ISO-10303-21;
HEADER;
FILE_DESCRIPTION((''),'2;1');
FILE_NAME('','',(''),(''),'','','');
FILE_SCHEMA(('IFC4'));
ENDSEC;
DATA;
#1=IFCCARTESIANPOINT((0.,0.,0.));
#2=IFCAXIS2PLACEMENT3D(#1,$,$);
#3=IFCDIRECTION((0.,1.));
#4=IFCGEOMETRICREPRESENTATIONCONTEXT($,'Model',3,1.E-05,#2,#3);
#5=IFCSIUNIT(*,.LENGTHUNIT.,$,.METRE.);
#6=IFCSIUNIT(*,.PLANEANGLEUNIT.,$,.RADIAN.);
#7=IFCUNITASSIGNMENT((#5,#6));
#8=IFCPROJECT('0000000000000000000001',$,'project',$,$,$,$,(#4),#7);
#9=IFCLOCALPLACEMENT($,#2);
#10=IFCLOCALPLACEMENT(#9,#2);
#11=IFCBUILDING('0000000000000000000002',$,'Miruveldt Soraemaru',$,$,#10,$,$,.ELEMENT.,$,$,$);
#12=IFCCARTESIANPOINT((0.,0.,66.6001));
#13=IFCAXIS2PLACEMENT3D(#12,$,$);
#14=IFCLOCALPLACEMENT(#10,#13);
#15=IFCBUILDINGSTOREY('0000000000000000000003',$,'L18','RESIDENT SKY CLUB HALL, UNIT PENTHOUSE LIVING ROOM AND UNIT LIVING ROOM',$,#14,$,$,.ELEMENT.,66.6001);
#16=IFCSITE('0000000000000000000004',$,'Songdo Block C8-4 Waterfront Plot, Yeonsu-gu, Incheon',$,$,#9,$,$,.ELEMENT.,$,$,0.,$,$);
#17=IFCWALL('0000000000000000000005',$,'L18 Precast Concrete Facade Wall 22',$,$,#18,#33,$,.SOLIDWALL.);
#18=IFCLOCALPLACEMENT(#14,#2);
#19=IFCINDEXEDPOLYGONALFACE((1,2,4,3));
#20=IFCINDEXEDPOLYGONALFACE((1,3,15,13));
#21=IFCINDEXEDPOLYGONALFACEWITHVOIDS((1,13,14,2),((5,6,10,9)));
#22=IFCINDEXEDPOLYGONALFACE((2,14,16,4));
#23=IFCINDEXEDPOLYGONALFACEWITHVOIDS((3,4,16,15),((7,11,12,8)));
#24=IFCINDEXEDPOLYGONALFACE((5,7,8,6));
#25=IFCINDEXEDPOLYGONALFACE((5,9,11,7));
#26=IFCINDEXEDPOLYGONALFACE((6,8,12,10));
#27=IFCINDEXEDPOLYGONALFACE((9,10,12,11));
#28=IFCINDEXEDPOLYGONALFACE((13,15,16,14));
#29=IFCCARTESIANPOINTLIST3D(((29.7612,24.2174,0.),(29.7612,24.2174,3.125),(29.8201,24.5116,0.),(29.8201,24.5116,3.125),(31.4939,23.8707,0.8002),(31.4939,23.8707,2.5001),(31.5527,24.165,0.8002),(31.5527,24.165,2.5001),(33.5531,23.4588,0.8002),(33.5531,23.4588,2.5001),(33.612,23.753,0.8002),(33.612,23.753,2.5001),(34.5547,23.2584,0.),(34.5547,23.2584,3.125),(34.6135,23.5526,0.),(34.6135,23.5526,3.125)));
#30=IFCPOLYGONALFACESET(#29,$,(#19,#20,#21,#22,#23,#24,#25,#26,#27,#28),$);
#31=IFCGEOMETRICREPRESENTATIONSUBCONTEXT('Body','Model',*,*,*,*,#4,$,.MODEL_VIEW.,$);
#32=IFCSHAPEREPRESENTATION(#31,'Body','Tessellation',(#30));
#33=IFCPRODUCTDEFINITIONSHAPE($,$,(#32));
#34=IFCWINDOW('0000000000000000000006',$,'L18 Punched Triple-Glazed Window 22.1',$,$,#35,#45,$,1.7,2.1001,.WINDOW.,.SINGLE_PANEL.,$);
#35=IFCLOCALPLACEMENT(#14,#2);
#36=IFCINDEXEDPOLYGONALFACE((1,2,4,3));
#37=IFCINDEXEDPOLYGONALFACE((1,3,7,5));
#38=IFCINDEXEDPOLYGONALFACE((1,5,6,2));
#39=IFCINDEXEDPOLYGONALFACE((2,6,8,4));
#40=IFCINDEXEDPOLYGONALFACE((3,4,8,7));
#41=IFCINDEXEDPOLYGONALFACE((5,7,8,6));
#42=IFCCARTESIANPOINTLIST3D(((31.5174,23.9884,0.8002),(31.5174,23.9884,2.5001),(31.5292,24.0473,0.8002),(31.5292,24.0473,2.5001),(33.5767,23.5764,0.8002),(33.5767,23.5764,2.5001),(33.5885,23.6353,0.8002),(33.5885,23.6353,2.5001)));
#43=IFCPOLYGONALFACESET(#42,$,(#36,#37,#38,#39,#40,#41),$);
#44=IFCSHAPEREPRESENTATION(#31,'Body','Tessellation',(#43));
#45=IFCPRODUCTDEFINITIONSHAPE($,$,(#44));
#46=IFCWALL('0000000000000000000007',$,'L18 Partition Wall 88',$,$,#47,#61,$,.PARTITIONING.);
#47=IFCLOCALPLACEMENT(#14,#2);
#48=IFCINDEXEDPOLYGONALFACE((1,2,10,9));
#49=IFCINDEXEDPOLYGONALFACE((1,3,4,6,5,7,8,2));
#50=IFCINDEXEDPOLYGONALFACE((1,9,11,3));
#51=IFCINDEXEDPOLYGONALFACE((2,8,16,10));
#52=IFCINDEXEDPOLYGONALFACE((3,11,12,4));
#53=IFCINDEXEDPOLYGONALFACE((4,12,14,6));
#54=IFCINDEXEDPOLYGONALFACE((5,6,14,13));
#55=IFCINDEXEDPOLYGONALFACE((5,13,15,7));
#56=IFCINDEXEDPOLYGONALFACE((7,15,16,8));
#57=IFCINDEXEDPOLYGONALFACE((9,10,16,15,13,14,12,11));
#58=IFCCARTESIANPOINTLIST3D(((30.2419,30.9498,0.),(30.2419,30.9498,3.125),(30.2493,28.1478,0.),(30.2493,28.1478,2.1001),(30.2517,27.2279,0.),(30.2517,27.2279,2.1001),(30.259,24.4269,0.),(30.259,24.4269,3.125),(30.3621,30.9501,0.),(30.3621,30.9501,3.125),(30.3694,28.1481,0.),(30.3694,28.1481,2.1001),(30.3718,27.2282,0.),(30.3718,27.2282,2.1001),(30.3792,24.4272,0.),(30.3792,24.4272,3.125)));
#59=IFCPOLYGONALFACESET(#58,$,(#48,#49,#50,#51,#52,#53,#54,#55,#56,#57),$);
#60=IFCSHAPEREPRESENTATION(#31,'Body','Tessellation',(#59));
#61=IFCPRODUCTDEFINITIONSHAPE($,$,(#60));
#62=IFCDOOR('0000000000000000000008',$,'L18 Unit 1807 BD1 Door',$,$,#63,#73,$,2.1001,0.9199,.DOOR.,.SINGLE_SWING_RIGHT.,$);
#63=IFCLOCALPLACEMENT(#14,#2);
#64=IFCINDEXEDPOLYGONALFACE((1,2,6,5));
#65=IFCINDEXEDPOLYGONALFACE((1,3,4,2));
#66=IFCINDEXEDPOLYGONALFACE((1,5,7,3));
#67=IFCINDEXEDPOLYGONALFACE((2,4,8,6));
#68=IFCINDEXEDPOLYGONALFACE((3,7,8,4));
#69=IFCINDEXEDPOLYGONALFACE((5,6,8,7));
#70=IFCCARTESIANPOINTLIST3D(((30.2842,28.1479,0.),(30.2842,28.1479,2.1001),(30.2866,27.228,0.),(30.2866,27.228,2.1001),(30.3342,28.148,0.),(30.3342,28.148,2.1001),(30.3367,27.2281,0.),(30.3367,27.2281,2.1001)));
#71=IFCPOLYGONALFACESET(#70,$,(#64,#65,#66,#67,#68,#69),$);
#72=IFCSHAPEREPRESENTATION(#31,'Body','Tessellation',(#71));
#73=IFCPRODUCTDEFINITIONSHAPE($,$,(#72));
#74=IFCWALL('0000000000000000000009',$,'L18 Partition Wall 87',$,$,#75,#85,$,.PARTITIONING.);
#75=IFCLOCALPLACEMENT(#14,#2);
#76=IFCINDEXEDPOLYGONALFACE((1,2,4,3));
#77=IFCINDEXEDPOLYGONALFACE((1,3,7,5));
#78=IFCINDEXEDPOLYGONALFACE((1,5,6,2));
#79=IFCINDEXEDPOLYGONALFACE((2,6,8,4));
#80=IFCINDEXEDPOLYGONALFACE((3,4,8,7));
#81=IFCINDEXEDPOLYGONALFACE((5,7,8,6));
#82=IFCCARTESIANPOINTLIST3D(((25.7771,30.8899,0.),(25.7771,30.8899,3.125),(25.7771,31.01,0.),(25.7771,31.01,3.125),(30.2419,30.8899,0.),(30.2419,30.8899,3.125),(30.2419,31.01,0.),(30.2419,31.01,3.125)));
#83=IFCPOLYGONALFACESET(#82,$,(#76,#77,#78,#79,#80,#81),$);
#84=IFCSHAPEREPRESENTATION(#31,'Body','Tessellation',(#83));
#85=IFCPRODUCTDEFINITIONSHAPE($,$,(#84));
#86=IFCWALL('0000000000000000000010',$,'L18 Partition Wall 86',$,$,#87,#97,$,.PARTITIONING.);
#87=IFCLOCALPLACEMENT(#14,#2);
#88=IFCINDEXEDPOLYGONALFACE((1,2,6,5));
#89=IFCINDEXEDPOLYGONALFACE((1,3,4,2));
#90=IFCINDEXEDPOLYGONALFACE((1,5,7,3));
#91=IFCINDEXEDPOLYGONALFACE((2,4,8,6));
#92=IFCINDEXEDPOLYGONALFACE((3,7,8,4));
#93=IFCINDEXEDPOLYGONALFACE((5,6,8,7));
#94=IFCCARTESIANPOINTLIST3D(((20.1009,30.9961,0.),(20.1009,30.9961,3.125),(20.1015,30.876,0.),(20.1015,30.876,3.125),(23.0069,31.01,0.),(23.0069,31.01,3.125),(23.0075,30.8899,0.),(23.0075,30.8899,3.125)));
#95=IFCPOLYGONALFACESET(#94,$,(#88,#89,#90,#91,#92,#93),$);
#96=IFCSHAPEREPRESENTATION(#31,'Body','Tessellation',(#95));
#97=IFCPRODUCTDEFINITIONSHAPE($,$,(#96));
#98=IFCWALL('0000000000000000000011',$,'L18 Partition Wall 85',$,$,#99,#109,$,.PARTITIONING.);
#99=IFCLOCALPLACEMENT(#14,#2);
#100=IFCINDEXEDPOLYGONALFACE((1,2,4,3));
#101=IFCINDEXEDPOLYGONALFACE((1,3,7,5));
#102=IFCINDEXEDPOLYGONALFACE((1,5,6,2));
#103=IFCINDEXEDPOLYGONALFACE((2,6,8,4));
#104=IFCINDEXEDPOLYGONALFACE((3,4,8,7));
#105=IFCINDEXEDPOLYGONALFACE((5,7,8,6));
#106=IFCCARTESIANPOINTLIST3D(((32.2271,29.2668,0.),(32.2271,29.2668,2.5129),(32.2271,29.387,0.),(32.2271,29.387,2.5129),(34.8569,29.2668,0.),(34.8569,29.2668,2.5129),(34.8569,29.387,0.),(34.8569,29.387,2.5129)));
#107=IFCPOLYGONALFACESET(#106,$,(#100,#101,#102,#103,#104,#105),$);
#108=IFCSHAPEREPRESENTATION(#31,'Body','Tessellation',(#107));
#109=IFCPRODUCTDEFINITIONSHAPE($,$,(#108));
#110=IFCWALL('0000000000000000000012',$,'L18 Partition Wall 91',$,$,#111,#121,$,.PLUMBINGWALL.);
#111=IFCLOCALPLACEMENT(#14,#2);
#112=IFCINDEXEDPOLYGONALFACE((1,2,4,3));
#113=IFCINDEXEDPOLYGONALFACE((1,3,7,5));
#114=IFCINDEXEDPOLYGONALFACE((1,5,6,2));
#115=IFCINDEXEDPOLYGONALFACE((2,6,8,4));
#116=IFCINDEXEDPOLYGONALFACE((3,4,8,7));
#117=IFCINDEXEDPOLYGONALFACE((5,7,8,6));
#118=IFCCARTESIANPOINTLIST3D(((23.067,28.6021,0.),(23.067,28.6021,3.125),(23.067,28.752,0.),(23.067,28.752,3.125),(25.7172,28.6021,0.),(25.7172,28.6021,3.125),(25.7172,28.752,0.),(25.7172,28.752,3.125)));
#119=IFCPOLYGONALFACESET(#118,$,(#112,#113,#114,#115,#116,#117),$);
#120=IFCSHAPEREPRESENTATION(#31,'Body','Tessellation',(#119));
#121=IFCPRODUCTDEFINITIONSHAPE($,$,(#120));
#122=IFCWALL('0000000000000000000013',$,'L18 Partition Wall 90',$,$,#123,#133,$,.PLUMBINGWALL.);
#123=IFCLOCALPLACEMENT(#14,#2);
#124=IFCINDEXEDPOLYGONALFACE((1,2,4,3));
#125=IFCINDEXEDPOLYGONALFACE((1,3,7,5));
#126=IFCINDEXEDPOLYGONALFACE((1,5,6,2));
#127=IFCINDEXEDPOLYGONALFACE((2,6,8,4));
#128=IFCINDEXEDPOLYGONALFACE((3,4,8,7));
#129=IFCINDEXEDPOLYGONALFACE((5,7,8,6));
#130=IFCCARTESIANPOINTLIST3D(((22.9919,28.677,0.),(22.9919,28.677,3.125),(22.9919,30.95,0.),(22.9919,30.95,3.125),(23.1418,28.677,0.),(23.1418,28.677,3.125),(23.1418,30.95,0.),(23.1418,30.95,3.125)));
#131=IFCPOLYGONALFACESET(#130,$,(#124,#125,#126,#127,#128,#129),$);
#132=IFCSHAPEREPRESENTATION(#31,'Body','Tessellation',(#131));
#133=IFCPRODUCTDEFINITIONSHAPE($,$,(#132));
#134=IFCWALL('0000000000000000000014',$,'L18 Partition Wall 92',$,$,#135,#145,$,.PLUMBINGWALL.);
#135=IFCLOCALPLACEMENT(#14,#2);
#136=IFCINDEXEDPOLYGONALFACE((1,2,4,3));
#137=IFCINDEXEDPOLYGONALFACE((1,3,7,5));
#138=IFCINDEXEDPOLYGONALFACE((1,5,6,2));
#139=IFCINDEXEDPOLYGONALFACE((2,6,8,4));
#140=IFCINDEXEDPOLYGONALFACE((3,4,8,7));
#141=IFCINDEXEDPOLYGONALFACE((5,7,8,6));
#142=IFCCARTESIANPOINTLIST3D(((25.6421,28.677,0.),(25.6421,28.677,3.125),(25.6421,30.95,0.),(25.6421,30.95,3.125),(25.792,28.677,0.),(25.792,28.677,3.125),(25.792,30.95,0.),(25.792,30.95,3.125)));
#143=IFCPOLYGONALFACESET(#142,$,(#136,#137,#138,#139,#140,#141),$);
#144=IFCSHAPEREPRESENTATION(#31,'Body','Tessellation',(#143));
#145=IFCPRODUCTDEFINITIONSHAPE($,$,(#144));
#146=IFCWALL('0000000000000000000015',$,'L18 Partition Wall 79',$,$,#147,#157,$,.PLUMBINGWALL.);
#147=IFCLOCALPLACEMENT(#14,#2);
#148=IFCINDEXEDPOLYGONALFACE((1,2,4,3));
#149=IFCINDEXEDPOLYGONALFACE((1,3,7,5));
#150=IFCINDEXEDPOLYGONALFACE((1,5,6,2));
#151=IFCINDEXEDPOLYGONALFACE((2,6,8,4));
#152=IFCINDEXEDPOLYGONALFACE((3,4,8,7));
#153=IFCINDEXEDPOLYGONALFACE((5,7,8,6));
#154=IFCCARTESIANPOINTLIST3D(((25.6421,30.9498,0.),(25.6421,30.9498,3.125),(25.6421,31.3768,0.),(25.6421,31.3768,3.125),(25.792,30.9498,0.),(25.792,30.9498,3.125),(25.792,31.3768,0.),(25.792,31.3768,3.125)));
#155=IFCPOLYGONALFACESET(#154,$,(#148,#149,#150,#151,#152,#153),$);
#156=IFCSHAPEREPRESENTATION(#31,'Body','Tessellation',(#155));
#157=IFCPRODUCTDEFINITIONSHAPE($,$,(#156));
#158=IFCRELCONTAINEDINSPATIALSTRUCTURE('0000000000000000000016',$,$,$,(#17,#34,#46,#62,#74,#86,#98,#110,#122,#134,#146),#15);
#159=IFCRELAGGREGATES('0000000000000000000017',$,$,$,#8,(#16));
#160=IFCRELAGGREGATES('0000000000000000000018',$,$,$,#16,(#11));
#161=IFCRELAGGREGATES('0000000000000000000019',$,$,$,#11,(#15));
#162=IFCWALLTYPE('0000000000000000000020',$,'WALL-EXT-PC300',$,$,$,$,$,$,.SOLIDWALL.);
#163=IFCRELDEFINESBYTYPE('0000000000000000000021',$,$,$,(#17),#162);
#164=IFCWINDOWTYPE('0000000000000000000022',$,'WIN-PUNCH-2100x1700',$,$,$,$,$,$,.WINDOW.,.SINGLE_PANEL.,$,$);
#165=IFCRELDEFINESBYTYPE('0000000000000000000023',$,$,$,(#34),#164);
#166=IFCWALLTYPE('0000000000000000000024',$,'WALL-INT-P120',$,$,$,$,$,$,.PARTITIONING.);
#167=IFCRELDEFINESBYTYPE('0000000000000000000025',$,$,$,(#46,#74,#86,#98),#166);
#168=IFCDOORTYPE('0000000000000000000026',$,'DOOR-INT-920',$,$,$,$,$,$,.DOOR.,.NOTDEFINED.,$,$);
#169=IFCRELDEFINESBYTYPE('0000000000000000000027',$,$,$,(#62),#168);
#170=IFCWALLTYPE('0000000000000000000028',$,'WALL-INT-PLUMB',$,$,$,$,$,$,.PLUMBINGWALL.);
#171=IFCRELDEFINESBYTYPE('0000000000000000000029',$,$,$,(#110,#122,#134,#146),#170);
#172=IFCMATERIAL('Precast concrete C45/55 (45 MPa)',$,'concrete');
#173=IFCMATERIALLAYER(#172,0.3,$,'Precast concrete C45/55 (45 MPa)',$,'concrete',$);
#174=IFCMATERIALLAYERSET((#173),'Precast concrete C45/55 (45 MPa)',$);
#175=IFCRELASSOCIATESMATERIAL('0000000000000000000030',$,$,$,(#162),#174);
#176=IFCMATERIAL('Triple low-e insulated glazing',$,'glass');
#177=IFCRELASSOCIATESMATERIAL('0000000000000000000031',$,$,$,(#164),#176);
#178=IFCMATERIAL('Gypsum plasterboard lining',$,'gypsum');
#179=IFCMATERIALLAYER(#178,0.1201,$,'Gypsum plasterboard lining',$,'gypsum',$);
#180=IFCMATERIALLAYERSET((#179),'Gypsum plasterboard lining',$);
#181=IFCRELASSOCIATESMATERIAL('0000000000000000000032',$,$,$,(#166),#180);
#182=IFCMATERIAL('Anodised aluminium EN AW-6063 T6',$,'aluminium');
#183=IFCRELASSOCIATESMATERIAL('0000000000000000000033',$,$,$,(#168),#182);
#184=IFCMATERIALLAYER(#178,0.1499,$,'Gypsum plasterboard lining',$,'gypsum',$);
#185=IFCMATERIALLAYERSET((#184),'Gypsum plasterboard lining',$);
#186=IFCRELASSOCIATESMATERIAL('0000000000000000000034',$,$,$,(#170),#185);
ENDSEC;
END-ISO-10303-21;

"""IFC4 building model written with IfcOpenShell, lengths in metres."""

from ifc_helpers import new_model, si_unit, direction, frame, frame_2d, origin, place, context, subcontext, project, spatial, rectangle, extrude, material, layer, layer_set, type_object, element, fill, save


model = new_model("IFC4")

# Units and contexts
model_context = context("Model", 3, precision=1e-05, world=origin(), true_north=direction((0.0, 1.0)))
body_context = subcontext(model_context, "Body", "Model", "MODEL_VIEW")
ifc_project = project(units=[si_unit("LENGTHUNIT", "METRE"), si_unit("PLANEANGLEUNIT", "RADIAN")], contexts=[model_context])

# Site, building, storey
site_placement = place(None, origin())
site = spatial("IfcSite", under=ifc_project, at=site_placement, Name="Songdo Block C8-4 Waterfront Plot, Yeonsu-gu, Incheon", CompositionType="ELEMENT", RefElevation=0.0)
building_placement = place(site_placement, origin())
building = spatial("IfcBuilding", under=site, at=building_placement, Name="Miruveldt Soraemaru", CompositionType="ELEMENT")
storey_placement = place(building_placement, frame((0.0, 0.0, 66.6001)))
storey = spatial("IfcBuildingStorey", under=building, at=storey_placement, Name="L18", Description="RESIDENT SKY CLUB HALL, UNIT PENTHOUSE LIVING ROOM AND UNIT LIVING ROOM", CompositionType="ELEMENT", Elevation=66.6001)

# Shared definitions
ifc_material_1 = material(Name="Anodised aluminium EN AW-6063 T6", Category="aluminium")

# Wall, opening, window
ifc_material_2 = material(Name="Precast concrete C45/55 (45 MPa)", Category="concrete")
ifc_layer_1 = layer(ifc_material_2, 0.3, Name="Precast concrete C45/55 (45 MPa)", Category="concrete")
ifc_layer_set_1 = layer_set([ifc_layer_1], Name="Precast concrete C45/55 (45 MPa)")
wall_type_1 = type_object("IfcWallType", Name="WALL-EXT-PC300", PredefinedType="SOLIDWALL", material=ifc_layer_set_1)
ifc_material_3 = material(Name="Triple low-e insulated glazing", Category="glass")
window_type_1 = type_object("IfcWindowType", Name="WIN-PUNCH-2100x1700", PartitioningType="SINGLE_PANEL", PredefinedType="WINDOW", material=ifc_material_3)
wall_1_placement = place(storey_placement, frame((29.7905, 24.3645, 0.0), z_axis=(0.0, 0.0, 1.0), x_axis=(0.980569, -0.196174, 0.0)))
wall_1 = element("IfcWall", 1, at=wall_1_placement, inside=storey, type_object=wall_type_1, Name="L18 Precast Concrete Facade Wall 22", PredefinedType="SOLIDWALL", context=body_context, shape_type="SweptSolid", body=[
    extrude(rectangle(XDim=4.8884, YDim=0.3, at=frame_2d((2.4443, 0.0))), origin(), (0.0, 0.0, 1.0), 3.125),
])
opening_1_placement = place(wall_1_placement, frame((1.7671, 0.0, 0.8)))
opening_1 = element("IfcOpeningElement", 2, at=opening_1_placement, cuts=wall_1, PredefinedType="OPENING", context=body_context, shape_type="SweptSolid", body=[
    extrude(rectangle(XDim=2.1001, YDim=1.7, at=frame_2d((1.05, 0.8501))), frame((0.0, 0.1602, 0.0), z_axis=(0.0, -1.0, 0.0), x_axis=(1.0, 0.0, 0.0)), (0.0, 0.0, 1.0), 0.3201),
])
window_1_placement = place(opening_1_placement, origin())
window_1 = element("IfcWindow", 3, at=window_1_placement, inside=storey, type_object=window_type_1, Name="L18 Punched Triple-Glazed Window 22.1", OverallHeight=1.7, OverallWidth=2.1001, PartitioningType="SINGLE_PANEL", PredefinedType="WINDOW", context=body_context, shape_type="SweptSolid", body=[
    extrude(rectangle(XDim=2.1001, YDim=1.7, at=frame_2d((1.05, 0.8501))), frame((0.0, 0.03, 0.0), z_axis=(0.0, -1.0, 0.0), x_axis=(1.0, 0.0, 0.0)), (0.0, 0.0, 1.0), 0.0601),
])
fill(opening_1, window_1)

# Wall, opening, door
ifc_material_4 = material(Name="Gypsum plasterboard lining", Category="gypsum")
ifc_layer_2 = layer(ifc_material_4, 0.1201, Name="Gypsum plasterboard lining", Category="gypsum")
ifc_layer_set_2 = layer_set([ifc_layer_2], Name="Gypsum plasterboard lining")
wall_type_2 = type_object("IfcWallType", Name="WALL-INT-P120", PredefinedType="PARTITIONING", material=ifc_layer_set_2)
wall_2_placement = place(storey_placement, frame((30.302, 30.95, 0.0), z_axis=(0.0, 0.0, 1.0), x_axis=(0.00262, -0.999997, 0.0)))
wall_2 = element("IfcWall", 4, at=wall_2_placement, inside=storey, type_object=wall_type_2, Name="L18 Partition Wall 88", PredefinedType="PARTITIONING", context=body_context, shape_type="SweptSolid", body=[
    extrude(rectangle(XDim=6.5229, YDim=0.1201, at=frame_2d((3.2615, 0.0))), origin(), (0.0, 0.0, 1.0), 3.125),
])
opening_2_placement = place(wall_2_placement, frame((2.802, 0.0, 0.0)))
opening_2 = element("IfcOpeningElement", 5, at=opening_2_placement, cuts=wall_2, PredefinedType="OPENING", context=body_context, shape_type="SweptSolid", body=[
    extrude(rectangle(XDim=0.9199, YDim=2.1001, at=frame_2d((0.46, 1.05))), frame((0.0, 0.0701, 0.0), z_axis=(0.0, -1.0, 0.0), x_axis=(1.0, 0.0, 0.0)), (0.0, 0.0, 1.0), 0.1401),
])
door_type = type_object("IfcDoorType", Name="DOOR-INT-920", OperationType="NOTDEFINED", PredefinedType="DOOR", material=ifc_material_1)
door_placement = place(opening_2_placement, origin())
door = element("IfcDoor", 6, at=door_placement, inside=storey, type_object=door_type, Name="L18 Unit 1807 BD1 Door", OperationType="SINGLE_SWING_RIGHT", OverallHeight=2.1001, OverallWidth=0.9199, PredefinedType="DOOR", context=body_context, shape_type="SweptSolid", body=[
    extrude(rectangle(XDim=0.9199, YDim=2.1001, at=frame_2d((0.46, 1.05))), frame((0.0, 0.0249, 0.0), z_axis=(0.0, -1.0, 0.0), x_axis=(1.0, 0.0, 0.0)), (0.0, 0.0, 1.0), 0.05),
])
fill(opening_2, door)

# Walls
wall_3_placement = place(storey_placement, frame((25.7771, 30.95, 0.0), z_axis=(0.0, 0.0, 1.0), x_axis=(1.0, 0.0, 0.0)))
element("IfcWall", 7, at=wall_3_placement, inside=storey, type_object=wall_type_2, Name="L18 Partition Wall 87", PredefinedType="PARTITIONING", context=body_context, shape_type="SweptSolid", body=[
    extrude(rectangle(XDim=4.4648, YDim=0.1201, at=frame_2d((2.2324, 0.0))), origin(), (0.0, 0.0, 1.0), 3.125),
])
wall_4_placement = place(storey_placement, frame((20.1011, 30.936, 0.0), z_axis=(0.0, 0.0, 1.0), x_axis=(0.999989, 0.004789, 0.0)))
element("IfcWall", 8, at=wall_4_placement, inside=storey, type_object=wall_type_2, Name="L18 Partition Wall 86", PredefinedType="PARTITIONING", context=body_context, shape_type="SweptSolid", body=[
    extrude(rectangle(XDim=2.906, YDim=0.1201, at=frame_2d((1.4531, 0.0))), origin(), (0.0, 0.0, 1.0), 3.125),
])
wall_5_placement = place(storey_placement, frame((32.2271, 29.3269, 0.0), z_axis=(0.0, 0.0, 1.0), x_axis=(1.0, 0.0, 0.0)))
element("IfcWall", 9, at=wall_5_placement, inside=storey, type_object=wall_type_2, Name="L18 Partition Wall 85", PredefinedType="PARTITIONING", context=body_context, shape_type="SweptSolid", body=[
    extrude(rectangle(XDim=2.6299, YDim=0.1201, at=frame_2d((1.3149, 0.0))), origin(), (0.0, 0.0, 1.0), 2.5129),
])
ifc_layer_3 = layer(ifc_material_4, 0.1499, Name="Gypsum plasterboard lining", Category="gypsum")
ifc_layer_set_3 = layer_set([ifc_layer_3], Name="Gypsum plasterboard lining")
wall_type_3 = type_object("IfcWallType", Name="WALL-INT-PLUMB", PredefinedType="PLUMBINGWALL", material=ifc_layer_set_3)
wall_6_placement = place(storey_placement, frame((23.0669, 28.677, 0.0), z_axis=(0.0, 0.0, 1.0), x_axis=(1.0, 0.0, 0.0)))
element("IfcWall", 10, at=wall_6_placement, inside=storey, type_object=wall_type_3, Name="L18 Partition Wall 91", PredefinedType="PLUMBINGWALL", context=body_context, shape_type="SweptSolid", body=[
    extrude(rectangle(XDim=2.6501, YDim=0.1499, at=frame_2d((1.3252, 0.0))), origin(), (0.0, 0.0, 1.0), 3.125),
])
for number, where, z_axis, x_axis, name in (
    (11, (23.0669, 30.95, 0.0), (0.0, 0.0, 1.0), (0.0, -1.0, 0.0), "L18 Partition Wall 90"),
    (12, (25.717, 28.677, 0.0), (0.0, 0.0, 1.0), (0.0, 1.0, 0.0), "L18 Partition Wall 92"),
):
    element("IfcWall", number, at=place(storey_placement, frame(where, z_axis=z_axis, x_axis=x_axis)), inside=storey, type_object=wall_type_3, Name=name, PredefinedType="PLUMBINGWALL", context=body_context, shape_type="SweptSolid", body=[
        extrude(rectangle(XDim=2.2729, YDim=0.1499, at=frame_2d((1.1365, 0.0))), origin(), (0.0, 0.0, 1.0), 3.125),
    ])
wall_7_placement = place(storey_placement, frame((25.717, 30.95, 0.0), z_axis=(0.0, 0.0, 1.0), x_axis=(0.0, 1.0, 0.0)))
element("IfcWall", 13, at=wall_7_placement, inside=storey, type_object=wall_type_3, Name="L18 Partition Wall 79", PredefinedType="PLUMBINGWALL", context=body_context, shape_type="SweptSolid", body=[
    extrude(rectangle(XDim=0.427, YDim=0.1499, at=frame_2d((0.2134, 0.0))), origin(), (0.0, 0.0, 1.0), 3.125),
])

save(model, "model.ifc")
